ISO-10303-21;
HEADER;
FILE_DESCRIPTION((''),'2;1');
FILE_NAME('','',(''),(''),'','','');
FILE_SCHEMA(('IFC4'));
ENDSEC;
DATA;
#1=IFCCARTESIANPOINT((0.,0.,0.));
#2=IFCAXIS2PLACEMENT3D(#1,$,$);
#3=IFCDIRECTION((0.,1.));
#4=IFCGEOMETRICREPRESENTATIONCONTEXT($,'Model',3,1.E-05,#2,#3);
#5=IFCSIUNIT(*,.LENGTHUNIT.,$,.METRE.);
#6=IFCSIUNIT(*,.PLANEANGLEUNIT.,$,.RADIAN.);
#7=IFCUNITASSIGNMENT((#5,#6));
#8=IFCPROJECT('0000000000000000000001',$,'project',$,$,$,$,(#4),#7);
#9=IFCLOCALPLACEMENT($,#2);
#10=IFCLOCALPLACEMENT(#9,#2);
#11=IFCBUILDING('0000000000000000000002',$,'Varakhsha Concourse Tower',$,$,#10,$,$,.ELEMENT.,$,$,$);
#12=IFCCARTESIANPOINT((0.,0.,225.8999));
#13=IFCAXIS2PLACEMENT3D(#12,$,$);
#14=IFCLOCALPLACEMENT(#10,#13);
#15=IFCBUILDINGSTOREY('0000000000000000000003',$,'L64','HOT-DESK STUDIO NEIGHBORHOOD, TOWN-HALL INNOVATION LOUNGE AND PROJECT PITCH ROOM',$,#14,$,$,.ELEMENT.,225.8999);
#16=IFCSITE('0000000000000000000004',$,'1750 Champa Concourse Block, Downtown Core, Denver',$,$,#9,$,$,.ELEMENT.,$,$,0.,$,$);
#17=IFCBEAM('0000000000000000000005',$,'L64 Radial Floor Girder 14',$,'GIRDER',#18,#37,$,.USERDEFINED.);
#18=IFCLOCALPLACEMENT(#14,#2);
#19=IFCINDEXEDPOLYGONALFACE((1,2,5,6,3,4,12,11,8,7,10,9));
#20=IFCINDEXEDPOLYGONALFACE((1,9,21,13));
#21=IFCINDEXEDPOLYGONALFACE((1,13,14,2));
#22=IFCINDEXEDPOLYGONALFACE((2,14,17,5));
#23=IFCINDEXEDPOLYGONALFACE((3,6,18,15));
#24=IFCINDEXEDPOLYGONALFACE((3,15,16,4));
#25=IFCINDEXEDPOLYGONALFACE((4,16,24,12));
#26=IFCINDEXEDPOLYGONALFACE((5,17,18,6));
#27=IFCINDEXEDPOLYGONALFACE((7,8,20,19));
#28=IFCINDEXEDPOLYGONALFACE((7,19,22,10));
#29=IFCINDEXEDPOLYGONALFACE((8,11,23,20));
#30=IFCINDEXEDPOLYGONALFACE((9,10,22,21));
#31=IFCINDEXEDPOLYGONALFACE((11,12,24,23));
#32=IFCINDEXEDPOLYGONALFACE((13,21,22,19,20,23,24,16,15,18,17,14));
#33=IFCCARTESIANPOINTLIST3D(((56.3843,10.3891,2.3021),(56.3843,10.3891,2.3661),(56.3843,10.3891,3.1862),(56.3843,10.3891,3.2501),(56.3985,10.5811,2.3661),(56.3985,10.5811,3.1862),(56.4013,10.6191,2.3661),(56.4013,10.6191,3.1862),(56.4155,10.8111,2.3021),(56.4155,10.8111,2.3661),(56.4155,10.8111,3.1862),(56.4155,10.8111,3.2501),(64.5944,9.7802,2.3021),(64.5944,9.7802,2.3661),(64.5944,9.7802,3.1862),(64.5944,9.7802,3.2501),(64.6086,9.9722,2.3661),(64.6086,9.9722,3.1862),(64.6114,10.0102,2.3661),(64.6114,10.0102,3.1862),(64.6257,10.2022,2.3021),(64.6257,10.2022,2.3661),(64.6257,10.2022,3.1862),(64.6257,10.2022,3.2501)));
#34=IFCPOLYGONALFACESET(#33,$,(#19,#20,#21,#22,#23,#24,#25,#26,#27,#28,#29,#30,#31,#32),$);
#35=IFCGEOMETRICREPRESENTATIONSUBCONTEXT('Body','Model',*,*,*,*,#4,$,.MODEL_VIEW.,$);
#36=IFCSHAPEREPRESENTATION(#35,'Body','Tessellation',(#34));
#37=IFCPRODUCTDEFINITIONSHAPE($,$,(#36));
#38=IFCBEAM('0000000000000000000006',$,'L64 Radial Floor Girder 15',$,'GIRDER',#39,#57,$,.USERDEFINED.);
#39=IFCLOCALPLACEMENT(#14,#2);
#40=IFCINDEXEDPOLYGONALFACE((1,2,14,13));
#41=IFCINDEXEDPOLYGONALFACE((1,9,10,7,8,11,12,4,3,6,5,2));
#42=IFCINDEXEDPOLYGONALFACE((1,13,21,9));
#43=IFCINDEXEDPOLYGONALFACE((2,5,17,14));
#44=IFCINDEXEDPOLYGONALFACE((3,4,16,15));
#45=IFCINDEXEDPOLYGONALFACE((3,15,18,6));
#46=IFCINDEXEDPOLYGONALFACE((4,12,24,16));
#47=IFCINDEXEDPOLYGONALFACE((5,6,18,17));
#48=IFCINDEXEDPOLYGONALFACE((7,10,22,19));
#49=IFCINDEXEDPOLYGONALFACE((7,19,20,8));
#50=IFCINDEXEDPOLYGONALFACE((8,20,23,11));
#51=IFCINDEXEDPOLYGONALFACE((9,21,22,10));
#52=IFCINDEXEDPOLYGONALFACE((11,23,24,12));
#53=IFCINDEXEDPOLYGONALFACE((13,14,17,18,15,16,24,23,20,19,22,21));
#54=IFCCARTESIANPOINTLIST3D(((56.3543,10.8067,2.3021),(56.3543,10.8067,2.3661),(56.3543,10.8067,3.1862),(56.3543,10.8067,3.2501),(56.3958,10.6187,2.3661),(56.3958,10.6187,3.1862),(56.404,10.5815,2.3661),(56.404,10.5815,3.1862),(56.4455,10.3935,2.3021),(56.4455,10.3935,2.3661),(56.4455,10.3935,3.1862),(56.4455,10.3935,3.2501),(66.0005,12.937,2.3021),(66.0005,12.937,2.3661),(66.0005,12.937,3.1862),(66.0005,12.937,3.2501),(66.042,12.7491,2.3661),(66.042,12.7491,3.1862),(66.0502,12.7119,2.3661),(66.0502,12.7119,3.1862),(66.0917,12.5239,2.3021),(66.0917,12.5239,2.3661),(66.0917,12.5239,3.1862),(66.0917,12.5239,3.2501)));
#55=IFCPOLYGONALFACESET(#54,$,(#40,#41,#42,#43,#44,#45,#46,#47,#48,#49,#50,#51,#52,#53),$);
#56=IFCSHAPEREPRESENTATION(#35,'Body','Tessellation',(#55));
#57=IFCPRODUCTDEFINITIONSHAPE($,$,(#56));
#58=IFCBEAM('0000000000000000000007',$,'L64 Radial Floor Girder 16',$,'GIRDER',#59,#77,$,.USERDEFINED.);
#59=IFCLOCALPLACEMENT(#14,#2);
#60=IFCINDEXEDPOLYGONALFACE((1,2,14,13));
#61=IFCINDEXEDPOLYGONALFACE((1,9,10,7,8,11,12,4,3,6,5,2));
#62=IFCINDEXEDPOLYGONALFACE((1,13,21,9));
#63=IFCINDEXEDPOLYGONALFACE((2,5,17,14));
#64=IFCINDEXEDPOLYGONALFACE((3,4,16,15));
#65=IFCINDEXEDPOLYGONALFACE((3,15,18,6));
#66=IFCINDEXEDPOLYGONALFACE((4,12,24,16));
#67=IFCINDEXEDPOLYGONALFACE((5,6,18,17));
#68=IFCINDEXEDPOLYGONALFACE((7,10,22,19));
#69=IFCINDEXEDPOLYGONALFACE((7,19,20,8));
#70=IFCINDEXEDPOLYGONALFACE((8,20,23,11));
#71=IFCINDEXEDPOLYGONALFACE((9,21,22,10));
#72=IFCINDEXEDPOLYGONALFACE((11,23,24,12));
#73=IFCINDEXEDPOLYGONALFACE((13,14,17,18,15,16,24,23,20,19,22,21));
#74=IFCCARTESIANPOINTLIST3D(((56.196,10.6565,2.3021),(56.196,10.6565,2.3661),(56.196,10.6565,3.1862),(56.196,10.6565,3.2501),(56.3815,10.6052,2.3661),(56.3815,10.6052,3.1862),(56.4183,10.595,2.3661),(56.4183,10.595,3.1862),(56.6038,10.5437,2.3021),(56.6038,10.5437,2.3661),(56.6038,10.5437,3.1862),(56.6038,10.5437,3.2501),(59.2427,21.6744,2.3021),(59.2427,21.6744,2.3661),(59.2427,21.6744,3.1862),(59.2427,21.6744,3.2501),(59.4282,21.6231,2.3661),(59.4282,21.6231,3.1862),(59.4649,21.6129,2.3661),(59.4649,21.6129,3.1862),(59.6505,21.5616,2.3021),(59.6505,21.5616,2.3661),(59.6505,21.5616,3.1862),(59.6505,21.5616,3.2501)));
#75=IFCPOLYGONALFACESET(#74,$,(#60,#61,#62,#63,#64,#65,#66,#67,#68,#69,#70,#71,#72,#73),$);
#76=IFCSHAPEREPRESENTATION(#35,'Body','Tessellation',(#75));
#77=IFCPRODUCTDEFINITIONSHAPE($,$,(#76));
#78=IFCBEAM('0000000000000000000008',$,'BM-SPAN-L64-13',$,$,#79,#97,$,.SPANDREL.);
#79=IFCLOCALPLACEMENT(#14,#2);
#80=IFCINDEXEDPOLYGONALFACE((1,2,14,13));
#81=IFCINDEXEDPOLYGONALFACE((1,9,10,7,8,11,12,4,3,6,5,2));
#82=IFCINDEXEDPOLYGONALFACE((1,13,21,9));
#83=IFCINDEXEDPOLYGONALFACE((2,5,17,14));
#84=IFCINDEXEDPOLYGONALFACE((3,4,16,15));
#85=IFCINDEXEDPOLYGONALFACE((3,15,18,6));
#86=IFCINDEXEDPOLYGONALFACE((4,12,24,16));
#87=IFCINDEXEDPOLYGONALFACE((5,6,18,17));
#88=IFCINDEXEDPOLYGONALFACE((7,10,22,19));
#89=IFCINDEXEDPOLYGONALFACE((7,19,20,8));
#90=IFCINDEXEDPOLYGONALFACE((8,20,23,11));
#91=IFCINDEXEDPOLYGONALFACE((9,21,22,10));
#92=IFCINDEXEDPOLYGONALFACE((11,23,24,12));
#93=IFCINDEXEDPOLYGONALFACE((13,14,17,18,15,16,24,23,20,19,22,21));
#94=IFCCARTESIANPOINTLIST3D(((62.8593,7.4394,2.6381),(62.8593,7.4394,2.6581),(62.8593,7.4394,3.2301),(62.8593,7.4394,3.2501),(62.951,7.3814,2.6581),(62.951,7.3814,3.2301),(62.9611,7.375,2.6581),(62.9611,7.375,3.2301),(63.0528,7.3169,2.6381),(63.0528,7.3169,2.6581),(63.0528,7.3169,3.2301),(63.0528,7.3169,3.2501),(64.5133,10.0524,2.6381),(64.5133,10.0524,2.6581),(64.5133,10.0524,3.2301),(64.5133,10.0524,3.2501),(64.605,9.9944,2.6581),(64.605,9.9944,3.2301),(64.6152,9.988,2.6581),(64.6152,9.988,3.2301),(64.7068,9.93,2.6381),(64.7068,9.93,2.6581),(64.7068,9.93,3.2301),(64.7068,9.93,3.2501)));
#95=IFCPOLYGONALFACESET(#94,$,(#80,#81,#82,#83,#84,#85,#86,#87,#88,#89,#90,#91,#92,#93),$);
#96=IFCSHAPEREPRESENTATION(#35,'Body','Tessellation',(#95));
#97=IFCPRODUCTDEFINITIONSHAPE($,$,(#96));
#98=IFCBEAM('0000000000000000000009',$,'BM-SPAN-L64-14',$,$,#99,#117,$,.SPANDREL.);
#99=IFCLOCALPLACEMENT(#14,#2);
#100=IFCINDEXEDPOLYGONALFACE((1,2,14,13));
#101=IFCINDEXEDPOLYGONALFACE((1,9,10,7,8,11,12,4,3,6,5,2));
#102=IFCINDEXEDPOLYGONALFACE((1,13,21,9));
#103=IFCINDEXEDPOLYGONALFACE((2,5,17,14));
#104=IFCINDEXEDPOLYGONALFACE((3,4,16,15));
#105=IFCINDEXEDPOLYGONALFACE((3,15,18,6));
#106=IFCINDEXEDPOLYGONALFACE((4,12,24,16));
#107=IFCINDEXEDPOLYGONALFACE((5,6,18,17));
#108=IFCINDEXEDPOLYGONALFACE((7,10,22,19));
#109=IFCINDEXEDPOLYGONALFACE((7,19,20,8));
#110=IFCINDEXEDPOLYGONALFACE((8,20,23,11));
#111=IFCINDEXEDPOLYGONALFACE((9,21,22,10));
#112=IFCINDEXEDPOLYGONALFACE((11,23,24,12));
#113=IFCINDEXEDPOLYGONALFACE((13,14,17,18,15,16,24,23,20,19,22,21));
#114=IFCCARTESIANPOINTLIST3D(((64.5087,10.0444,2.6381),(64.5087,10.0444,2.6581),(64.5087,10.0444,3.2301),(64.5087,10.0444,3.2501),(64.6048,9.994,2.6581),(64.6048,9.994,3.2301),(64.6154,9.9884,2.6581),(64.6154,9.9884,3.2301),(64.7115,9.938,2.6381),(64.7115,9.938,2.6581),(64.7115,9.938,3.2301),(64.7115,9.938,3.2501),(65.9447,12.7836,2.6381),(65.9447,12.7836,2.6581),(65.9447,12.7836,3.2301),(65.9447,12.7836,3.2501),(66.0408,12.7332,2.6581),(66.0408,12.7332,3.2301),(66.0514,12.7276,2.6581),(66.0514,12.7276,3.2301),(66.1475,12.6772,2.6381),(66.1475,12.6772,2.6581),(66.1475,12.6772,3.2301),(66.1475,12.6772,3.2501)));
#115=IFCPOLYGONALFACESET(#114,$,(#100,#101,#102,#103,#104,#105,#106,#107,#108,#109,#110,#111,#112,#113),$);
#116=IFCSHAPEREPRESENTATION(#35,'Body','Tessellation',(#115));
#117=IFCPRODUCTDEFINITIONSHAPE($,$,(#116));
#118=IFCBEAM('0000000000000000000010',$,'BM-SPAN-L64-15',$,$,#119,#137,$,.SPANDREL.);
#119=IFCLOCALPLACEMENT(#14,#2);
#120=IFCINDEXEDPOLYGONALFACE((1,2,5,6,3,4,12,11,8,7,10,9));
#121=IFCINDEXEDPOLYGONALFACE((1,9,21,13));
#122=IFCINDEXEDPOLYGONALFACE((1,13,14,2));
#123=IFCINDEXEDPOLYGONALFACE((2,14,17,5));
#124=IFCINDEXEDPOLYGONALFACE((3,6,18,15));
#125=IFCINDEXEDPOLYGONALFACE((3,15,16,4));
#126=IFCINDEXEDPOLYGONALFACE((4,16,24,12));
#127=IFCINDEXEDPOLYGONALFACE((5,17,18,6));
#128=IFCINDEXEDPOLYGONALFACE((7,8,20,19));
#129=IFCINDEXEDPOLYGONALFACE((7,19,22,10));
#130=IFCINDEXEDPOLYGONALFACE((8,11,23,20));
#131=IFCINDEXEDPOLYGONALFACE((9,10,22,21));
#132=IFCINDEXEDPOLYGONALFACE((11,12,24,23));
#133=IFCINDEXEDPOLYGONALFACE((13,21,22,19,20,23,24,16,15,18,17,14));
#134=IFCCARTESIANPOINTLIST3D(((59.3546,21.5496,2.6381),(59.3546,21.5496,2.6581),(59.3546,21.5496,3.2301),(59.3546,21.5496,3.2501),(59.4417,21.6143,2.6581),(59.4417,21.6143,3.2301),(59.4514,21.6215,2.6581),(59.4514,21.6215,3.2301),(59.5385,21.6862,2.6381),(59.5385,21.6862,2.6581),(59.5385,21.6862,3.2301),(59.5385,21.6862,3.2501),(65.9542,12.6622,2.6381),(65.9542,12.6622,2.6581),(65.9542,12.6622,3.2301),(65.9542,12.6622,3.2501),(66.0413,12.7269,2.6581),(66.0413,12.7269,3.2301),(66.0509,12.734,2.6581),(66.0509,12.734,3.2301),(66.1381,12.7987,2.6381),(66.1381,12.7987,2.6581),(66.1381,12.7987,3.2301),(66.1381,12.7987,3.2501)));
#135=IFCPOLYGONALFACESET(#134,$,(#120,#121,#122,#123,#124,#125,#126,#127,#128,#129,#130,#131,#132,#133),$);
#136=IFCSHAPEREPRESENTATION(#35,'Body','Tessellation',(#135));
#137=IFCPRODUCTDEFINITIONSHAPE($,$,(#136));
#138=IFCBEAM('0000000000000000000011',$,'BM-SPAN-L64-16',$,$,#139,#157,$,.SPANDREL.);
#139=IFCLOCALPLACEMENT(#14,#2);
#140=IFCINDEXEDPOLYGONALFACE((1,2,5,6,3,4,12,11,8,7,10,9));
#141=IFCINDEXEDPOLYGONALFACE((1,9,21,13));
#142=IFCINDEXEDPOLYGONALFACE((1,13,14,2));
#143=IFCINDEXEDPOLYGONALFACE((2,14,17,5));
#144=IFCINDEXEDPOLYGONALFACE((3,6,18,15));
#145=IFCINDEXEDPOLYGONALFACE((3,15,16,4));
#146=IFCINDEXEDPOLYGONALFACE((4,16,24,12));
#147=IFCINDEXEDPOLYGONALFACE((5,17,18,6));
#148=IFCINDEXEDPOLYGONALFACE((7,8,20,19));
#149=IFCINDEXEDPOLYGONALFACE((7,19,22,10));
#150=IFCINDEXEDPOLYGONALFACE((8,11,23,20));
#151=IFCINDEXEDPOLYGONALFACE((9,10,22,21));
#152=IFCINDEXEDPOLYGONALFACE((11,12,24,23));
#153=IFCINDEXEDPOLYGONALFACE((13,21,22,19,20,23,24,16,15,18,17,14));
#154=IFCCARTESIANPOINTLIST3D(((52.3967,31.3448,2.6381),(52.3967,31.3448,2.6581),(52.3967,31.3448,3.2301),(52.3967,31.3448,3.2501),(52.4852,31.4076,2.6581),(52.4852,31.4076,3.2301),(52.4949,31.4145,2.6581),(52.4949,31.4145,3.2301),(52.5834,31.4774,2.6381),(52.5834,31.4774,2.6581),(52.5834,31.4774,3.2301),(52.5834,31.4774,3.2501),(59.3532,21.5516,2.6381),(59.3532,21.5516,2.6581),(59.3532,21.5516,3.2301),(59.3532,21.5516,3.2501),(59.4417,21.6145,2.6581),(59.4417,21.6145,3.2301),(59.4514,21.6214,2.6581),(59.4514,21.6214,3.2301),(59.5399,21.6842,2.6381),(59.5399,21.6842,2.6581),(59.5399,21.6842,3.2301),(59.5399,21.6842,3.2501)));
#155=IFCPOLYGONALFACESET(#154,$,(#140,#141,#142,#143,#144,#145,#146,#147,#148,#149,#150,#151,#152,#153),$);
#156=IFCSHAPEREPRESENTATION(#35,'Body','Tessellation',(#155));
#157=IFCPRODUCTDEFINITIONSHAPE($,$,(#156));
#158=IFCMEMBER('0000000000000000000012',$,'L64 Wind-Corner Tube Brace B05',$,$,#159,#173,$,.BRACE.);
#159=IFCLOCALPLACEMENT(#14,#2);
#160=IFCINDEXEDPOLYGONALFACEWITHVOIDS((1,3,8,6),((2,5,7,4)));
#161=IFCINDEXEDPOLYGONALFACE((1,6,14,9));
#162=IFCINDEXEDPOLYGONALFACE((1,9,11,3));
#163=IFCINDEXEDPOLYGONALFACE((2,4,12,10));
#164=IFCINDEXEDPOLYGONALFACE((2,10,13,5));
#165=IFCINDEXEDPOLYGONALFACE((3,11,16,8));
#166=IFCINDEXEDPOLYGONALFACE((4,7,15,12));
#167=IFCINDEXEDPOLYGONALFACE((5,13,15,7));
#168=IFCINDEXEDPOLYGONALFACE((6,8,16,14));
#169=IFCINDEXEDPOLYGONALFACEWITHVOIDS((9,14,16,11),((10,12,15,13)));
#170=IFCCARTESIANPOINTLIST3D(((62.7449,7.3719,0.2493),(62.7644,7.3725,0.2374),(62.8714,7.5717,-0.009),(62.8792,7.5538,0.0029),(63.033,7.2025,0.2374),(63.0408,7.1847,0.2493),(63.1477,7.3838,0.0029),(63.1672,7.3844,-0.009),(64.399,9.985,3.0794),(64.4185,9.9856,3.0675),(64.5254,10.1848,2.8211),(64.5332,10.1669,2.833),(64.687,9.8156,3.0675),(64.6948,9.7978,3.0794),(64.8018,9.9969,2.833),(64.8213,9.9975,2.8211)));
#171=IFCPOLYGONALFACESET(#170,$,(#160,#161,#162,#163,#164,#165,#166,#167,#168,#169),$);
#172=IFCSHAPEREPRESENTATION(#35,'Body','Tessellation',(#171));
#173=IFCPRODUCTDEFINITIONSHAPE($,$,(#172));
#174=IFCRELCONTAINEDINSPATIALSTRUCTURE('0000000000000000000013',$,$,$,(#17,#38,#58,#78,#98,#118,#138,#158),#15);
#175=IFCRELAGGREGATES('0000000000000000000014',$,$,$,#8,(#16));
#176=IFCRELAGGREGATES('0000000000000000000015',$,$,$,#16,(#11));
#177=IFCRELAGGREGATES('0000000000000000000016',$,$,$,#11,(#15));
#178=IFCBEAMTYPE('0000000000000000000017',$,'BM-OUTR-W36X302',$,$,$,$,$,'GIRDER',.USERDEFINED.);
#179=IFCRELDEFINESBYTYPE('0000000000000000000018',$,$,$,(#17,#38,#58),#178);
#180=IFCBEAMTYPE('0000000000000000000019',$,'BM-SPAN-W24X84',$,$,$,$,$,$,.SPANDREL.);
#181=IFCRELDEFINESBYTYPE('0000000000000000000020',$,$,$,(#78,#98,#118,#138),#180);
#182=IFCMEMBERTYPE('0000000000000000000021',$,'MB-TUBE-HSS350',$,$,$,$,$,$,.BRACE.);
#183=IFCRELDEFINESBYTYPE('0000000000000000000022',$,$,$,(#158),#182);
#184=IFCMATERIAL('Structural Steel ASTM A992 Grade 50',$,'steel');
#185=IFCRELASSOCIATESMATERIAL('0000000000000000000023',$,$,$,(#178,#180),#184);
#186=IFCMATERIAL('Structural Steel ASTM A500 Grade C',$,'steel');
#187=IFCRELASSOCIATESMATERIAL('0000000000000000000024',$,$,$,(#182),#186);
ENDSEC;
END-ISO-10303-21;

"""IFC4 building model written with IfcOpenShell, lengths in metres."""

from ifc_helpers import new_model, si_unit, direction, frame, origin, origin_2d, place, context, subcontext, project, spatial, hollow_rectangle, i_section, extrude, source, transform, mapped, material, material_profile, profile_set, type_object, element, save


model = new_model("IFC4")

# Units and contexts
model_context = context("Model", 3, precision=1e-05, world=origin(), true_north=direction((0.0, 1.0)))
body_context = subcontext(model_context, "Body", "Model", "MODEL_VIEW")
ifc_project = project(units=[si_unit("LENGTHUNIT", "METRE"), si_unit("PLANEANGLEUNIT", "RADIAN")], contexts=[model_context])

# Site, building, storey
site_placement = place(None, origin())
site = spatial("IfcSite", under=ifc_project, at=site_placement, Name="1750 Champa Concourse Block, Downtown Core, Denver", CompositionType="ELEMENT", RefElevation=0.0)
building_placement = place(site_placement, origin())
building = spatial("IfcBuilding", under=site, at=building_placement, Name="Varakhsha Concourse Tower", CompositionType="ELEMENT")
storey_placement = place(building_placement, frame((0.0, 0.0, 225.8999)))
storey = spatial("IfcBuildingStorey", under=building, at=storey_placement, Name="L64", Description="HOT-DESK STUDIO NEIGHBORHOOD, TOWN-HALL INNOVATION LOUNGE AND PROJECT PITCH ROOM", CompositionType="ELEMENT", Elevation=225.8999)

# Beams
ifc_material_1 = material(Name="Structural Steel ASTM A992 Grade 50", Category="steel")
ifc_material_profile_1 = material_profile(ifc_material_1, i_section(OverallWidth=0.4231, OverallDepth=0.948, WebThickness=0.0381, FlangeThickness=0.064, at=origin_2d()), Name="W36X302")
ifc_profile_set_1 = profile_set([ifc_material_profile_1], Name="Structural Steel ASTM A992 Grade 50")
beam_type_1 = type_object("IfcBeamType", Name="BM-OUTR-W36X302", ElementType="GIRDER", PredefinedType="USERDEFINED", material=ifc_profile_set_1)
beam_1_placement = place(storey_placement, frame((56.3999, 10.6001, 2.7761), z_axis=(0.997261, -0.073959, 0.0), x_axis=(0.073959, 0.997261, 0.0)))
element("IfcBeam", 1, at=beam_1_placement, inside=storey, type_object=beam_type_1, Name="L64 Radial Floor Girder 14", ObjectType="GIRDER", PredefinedType="USERDEFINED", context=body_context, shape_type="SweptSolid", body=[
    extrude(i_section(OverallWidth=0.4231, OverallDepth=0.948, WebThickness=0.0381, FlangeThickness=0.064, at=origin_2d()), origin(), (0.0, 0.0, 1.0), 8.2327),
])
beam_2_placement = place(storey_placement, frame((56.3999, 10.6001, 2.7761), z_axis=(0.97647, 0.215653, 0.0), x_axis=(-0.215653, 0.97647, 0.0)))
element("IfcBeam", 2, at=beam_2_placement, inside=storey, type_object=beam_type_1, Name="L64 Radial Floor Girder 15", ObjectType="GIRDER", PredefinedType="USERDEFINED", context=body_context, shape_type="SweptSolid", body=[
    extrude(i_section(OverallWidth=0.4231, OverallDepth=0.948, WebThickness=0.0381, FlangeThickness=0.064, at=origin_2d()), origin(), (0.0, 0.0, 1.0), 9.8787),
])
beam_3_placement = place(storey_placement, frame((56.3999, 10.6001, 2.7761), z_axis=(0.266517, 0.96383, 0.0), x_axis=(-0.96383, 0.266517, 0.0)))
element("IfcBeam", 3, at=beam_3_placement, inside=storey, type_object=beam_type_1, Name="L64 Radial Floor Girder 16", ObjectType="GIRDER", PredefinedType="USERDEFINED", context=body_context, shape_type="SweptSolid", body=[
    extrude(i_section(OverallWidth=0.4231, OverallDepth=0.948, WebThickness=0.0381, FlangeThickness=0.064, at=origin_2d()), origin(), (0.0, 0.0, 1.0), 11.4314),
])
ifc_material_profile_2 = material_profile(ifc_material_1, i_section(OverallWidth=0.229, OverallDepth=0.6121, WebThickness=0.012, FlangeThickness=0.02, at=origin_2d()), Name="W24X84")
ifc_profile_set_2 = profile_set([ifc_material_profile_2], Name="Structural Steel ASTM A992 Grade 50")
beam_type_2 = type_object("IfcBeamType", Name="BM-SPAN-W24X84", PredefinedType="SPANDREL", material=ifc_profile_set_2)
beam_4_placement = place(storey_placement, frame((62.9561, 7.3782, 2.9441), z_axis=(0.534851, 0.844946, 0.0), x_axis=(-0.844946, 0.534851, 0.0)))
element("IfcBeam", 4, at=beam_4_placement, inside=storey, type_object=beam_type_2, Name="BM-SPAN-L64-13", PredefinedType="SPANDREL", context=body_context, shape_type="SweptSolid", body=[
    extrude(i_section(OverallWidth=0.229, OverallDepth=0.6121, WebThickness=0.012, FlangeThickness=0.02, at=origin_2d()), origin(), (0.0, 0.0, 1.0), 3.0925),
])
beam_5_placement = place(storey_placement, frame((64.6101, 9.9912, 2.9441), z_axis=(0.464308, 0.885674, 0.0), x_axis=(-0.885674, 0.464308, 0.0)))
element("IfcBeam", 5, at=beam_5_placement, inside=storey, type_object=beam_type_2, Name="BM-SPAN-L64-14", PredefinedType="SPANDREL", context=body_context, shape_type="SweptSolid", body=[
    extrude(i_section(OverallWidth=0.229, OverallDepth=0.6121, WebThickness=0.012, FlangeThickness=0.02, at=origin_2d()), origin(), (0.0, 0.0, 1.0), 3.0928),
])
beam_6_placement = place(storey_placement, frame((66.0461, 12.7305, 2.9441), z_axis=(-0.596179, 0.802852, 0.0), x_axis=(-0.802852, -0.596179, 0.0)))
element("IfcBeam", 6, at=beam_6_placement, inside=storey, type_object=beam_type_2, Name="BM-SPAN-L64-15", PredefinedType="SPANDREL", context=body_context, shape_type="SweptSolid", body=[
    extrude(i_section(OverallWidth=0.229, OverallDepth=0.6121, WebThickness=0.012, FlangeThickness=0.02, at=origin_2d()), origin(), (0.0, 0.0, 1.0), 11.0698),
])
beam_7_placement = place(storey_placement, frame((59.4465, 21.6179, 2.9441), z_axis=(-0.579108, 0.815251, 0.0), x_axis=(-0.815251, -0.579108, 0.0)))
element("IfcBeam", 7, at=beam_7_placement, inside=storey, type_object=beam_type_2, Name="BM-SPAN-L64-16", PredefinedType="SPANDREL", context=body_context, shape_type="SweptSolid", body=[
    extrude(i_section(OverallWidth=0.229, OverallDepth=0.6121, WebThickness=0.012, FlangeThickness=0.02, at=origin_2d()), origin(), (0.0, 0.0, 1.0), 12.0125),
])

# Member
ifc_material_2 = material(Name="Structural Steel ASTM A500 Grade C", Category="steel")
ifc_material_profile_3 = material_profile(ifc_material_2, hollow_rectangle(XDim=0.3501, YDim=0.3501, WallThickness=0.0161, at=origin_2d()), Name="HSS 350x350x16")
ifc_profile_set_3 = profile_set([ifc_material_profile_3], Name="Structural Steel ASTM A500 Grade C")
member_type_1 = type_object("IfcMemberType", Name="MB-TUBE-HSS350", PredefinedType="BRACE", material=ifc_profile_set_3)
shared_shape_1 = source(origin(), body_context, "Body", "SweptSolid", [
    extrude(hollow_rectangle(XDim=0.3501, YDim=0.3501, WallThickness=0.0161, at=origin_2d()), origin(), (0.0, 0.0, 1.0), 4.1921),
])
member_1_placement = place(storey_placement, frame((62.9561, 7.3782, 0.1201), z_axis=(0.39457, 0.623333, 0.675108), x_axis=(-0.844946, 0.534851, 0.0)))
element("IfcMember", 8, at=member_1_placement, inside=storey, type_object=member_type_1, Name="L64 Wind-Corner Tube Brace B05", PredefinedType="BRACE", context=body_context, shape_type="MappedRepresentation", body=[
    mapped(shared_shape_1, transform((0.0, 0.0, 0.0), scale=1.0)),
])

save(model, "model.ifc")
